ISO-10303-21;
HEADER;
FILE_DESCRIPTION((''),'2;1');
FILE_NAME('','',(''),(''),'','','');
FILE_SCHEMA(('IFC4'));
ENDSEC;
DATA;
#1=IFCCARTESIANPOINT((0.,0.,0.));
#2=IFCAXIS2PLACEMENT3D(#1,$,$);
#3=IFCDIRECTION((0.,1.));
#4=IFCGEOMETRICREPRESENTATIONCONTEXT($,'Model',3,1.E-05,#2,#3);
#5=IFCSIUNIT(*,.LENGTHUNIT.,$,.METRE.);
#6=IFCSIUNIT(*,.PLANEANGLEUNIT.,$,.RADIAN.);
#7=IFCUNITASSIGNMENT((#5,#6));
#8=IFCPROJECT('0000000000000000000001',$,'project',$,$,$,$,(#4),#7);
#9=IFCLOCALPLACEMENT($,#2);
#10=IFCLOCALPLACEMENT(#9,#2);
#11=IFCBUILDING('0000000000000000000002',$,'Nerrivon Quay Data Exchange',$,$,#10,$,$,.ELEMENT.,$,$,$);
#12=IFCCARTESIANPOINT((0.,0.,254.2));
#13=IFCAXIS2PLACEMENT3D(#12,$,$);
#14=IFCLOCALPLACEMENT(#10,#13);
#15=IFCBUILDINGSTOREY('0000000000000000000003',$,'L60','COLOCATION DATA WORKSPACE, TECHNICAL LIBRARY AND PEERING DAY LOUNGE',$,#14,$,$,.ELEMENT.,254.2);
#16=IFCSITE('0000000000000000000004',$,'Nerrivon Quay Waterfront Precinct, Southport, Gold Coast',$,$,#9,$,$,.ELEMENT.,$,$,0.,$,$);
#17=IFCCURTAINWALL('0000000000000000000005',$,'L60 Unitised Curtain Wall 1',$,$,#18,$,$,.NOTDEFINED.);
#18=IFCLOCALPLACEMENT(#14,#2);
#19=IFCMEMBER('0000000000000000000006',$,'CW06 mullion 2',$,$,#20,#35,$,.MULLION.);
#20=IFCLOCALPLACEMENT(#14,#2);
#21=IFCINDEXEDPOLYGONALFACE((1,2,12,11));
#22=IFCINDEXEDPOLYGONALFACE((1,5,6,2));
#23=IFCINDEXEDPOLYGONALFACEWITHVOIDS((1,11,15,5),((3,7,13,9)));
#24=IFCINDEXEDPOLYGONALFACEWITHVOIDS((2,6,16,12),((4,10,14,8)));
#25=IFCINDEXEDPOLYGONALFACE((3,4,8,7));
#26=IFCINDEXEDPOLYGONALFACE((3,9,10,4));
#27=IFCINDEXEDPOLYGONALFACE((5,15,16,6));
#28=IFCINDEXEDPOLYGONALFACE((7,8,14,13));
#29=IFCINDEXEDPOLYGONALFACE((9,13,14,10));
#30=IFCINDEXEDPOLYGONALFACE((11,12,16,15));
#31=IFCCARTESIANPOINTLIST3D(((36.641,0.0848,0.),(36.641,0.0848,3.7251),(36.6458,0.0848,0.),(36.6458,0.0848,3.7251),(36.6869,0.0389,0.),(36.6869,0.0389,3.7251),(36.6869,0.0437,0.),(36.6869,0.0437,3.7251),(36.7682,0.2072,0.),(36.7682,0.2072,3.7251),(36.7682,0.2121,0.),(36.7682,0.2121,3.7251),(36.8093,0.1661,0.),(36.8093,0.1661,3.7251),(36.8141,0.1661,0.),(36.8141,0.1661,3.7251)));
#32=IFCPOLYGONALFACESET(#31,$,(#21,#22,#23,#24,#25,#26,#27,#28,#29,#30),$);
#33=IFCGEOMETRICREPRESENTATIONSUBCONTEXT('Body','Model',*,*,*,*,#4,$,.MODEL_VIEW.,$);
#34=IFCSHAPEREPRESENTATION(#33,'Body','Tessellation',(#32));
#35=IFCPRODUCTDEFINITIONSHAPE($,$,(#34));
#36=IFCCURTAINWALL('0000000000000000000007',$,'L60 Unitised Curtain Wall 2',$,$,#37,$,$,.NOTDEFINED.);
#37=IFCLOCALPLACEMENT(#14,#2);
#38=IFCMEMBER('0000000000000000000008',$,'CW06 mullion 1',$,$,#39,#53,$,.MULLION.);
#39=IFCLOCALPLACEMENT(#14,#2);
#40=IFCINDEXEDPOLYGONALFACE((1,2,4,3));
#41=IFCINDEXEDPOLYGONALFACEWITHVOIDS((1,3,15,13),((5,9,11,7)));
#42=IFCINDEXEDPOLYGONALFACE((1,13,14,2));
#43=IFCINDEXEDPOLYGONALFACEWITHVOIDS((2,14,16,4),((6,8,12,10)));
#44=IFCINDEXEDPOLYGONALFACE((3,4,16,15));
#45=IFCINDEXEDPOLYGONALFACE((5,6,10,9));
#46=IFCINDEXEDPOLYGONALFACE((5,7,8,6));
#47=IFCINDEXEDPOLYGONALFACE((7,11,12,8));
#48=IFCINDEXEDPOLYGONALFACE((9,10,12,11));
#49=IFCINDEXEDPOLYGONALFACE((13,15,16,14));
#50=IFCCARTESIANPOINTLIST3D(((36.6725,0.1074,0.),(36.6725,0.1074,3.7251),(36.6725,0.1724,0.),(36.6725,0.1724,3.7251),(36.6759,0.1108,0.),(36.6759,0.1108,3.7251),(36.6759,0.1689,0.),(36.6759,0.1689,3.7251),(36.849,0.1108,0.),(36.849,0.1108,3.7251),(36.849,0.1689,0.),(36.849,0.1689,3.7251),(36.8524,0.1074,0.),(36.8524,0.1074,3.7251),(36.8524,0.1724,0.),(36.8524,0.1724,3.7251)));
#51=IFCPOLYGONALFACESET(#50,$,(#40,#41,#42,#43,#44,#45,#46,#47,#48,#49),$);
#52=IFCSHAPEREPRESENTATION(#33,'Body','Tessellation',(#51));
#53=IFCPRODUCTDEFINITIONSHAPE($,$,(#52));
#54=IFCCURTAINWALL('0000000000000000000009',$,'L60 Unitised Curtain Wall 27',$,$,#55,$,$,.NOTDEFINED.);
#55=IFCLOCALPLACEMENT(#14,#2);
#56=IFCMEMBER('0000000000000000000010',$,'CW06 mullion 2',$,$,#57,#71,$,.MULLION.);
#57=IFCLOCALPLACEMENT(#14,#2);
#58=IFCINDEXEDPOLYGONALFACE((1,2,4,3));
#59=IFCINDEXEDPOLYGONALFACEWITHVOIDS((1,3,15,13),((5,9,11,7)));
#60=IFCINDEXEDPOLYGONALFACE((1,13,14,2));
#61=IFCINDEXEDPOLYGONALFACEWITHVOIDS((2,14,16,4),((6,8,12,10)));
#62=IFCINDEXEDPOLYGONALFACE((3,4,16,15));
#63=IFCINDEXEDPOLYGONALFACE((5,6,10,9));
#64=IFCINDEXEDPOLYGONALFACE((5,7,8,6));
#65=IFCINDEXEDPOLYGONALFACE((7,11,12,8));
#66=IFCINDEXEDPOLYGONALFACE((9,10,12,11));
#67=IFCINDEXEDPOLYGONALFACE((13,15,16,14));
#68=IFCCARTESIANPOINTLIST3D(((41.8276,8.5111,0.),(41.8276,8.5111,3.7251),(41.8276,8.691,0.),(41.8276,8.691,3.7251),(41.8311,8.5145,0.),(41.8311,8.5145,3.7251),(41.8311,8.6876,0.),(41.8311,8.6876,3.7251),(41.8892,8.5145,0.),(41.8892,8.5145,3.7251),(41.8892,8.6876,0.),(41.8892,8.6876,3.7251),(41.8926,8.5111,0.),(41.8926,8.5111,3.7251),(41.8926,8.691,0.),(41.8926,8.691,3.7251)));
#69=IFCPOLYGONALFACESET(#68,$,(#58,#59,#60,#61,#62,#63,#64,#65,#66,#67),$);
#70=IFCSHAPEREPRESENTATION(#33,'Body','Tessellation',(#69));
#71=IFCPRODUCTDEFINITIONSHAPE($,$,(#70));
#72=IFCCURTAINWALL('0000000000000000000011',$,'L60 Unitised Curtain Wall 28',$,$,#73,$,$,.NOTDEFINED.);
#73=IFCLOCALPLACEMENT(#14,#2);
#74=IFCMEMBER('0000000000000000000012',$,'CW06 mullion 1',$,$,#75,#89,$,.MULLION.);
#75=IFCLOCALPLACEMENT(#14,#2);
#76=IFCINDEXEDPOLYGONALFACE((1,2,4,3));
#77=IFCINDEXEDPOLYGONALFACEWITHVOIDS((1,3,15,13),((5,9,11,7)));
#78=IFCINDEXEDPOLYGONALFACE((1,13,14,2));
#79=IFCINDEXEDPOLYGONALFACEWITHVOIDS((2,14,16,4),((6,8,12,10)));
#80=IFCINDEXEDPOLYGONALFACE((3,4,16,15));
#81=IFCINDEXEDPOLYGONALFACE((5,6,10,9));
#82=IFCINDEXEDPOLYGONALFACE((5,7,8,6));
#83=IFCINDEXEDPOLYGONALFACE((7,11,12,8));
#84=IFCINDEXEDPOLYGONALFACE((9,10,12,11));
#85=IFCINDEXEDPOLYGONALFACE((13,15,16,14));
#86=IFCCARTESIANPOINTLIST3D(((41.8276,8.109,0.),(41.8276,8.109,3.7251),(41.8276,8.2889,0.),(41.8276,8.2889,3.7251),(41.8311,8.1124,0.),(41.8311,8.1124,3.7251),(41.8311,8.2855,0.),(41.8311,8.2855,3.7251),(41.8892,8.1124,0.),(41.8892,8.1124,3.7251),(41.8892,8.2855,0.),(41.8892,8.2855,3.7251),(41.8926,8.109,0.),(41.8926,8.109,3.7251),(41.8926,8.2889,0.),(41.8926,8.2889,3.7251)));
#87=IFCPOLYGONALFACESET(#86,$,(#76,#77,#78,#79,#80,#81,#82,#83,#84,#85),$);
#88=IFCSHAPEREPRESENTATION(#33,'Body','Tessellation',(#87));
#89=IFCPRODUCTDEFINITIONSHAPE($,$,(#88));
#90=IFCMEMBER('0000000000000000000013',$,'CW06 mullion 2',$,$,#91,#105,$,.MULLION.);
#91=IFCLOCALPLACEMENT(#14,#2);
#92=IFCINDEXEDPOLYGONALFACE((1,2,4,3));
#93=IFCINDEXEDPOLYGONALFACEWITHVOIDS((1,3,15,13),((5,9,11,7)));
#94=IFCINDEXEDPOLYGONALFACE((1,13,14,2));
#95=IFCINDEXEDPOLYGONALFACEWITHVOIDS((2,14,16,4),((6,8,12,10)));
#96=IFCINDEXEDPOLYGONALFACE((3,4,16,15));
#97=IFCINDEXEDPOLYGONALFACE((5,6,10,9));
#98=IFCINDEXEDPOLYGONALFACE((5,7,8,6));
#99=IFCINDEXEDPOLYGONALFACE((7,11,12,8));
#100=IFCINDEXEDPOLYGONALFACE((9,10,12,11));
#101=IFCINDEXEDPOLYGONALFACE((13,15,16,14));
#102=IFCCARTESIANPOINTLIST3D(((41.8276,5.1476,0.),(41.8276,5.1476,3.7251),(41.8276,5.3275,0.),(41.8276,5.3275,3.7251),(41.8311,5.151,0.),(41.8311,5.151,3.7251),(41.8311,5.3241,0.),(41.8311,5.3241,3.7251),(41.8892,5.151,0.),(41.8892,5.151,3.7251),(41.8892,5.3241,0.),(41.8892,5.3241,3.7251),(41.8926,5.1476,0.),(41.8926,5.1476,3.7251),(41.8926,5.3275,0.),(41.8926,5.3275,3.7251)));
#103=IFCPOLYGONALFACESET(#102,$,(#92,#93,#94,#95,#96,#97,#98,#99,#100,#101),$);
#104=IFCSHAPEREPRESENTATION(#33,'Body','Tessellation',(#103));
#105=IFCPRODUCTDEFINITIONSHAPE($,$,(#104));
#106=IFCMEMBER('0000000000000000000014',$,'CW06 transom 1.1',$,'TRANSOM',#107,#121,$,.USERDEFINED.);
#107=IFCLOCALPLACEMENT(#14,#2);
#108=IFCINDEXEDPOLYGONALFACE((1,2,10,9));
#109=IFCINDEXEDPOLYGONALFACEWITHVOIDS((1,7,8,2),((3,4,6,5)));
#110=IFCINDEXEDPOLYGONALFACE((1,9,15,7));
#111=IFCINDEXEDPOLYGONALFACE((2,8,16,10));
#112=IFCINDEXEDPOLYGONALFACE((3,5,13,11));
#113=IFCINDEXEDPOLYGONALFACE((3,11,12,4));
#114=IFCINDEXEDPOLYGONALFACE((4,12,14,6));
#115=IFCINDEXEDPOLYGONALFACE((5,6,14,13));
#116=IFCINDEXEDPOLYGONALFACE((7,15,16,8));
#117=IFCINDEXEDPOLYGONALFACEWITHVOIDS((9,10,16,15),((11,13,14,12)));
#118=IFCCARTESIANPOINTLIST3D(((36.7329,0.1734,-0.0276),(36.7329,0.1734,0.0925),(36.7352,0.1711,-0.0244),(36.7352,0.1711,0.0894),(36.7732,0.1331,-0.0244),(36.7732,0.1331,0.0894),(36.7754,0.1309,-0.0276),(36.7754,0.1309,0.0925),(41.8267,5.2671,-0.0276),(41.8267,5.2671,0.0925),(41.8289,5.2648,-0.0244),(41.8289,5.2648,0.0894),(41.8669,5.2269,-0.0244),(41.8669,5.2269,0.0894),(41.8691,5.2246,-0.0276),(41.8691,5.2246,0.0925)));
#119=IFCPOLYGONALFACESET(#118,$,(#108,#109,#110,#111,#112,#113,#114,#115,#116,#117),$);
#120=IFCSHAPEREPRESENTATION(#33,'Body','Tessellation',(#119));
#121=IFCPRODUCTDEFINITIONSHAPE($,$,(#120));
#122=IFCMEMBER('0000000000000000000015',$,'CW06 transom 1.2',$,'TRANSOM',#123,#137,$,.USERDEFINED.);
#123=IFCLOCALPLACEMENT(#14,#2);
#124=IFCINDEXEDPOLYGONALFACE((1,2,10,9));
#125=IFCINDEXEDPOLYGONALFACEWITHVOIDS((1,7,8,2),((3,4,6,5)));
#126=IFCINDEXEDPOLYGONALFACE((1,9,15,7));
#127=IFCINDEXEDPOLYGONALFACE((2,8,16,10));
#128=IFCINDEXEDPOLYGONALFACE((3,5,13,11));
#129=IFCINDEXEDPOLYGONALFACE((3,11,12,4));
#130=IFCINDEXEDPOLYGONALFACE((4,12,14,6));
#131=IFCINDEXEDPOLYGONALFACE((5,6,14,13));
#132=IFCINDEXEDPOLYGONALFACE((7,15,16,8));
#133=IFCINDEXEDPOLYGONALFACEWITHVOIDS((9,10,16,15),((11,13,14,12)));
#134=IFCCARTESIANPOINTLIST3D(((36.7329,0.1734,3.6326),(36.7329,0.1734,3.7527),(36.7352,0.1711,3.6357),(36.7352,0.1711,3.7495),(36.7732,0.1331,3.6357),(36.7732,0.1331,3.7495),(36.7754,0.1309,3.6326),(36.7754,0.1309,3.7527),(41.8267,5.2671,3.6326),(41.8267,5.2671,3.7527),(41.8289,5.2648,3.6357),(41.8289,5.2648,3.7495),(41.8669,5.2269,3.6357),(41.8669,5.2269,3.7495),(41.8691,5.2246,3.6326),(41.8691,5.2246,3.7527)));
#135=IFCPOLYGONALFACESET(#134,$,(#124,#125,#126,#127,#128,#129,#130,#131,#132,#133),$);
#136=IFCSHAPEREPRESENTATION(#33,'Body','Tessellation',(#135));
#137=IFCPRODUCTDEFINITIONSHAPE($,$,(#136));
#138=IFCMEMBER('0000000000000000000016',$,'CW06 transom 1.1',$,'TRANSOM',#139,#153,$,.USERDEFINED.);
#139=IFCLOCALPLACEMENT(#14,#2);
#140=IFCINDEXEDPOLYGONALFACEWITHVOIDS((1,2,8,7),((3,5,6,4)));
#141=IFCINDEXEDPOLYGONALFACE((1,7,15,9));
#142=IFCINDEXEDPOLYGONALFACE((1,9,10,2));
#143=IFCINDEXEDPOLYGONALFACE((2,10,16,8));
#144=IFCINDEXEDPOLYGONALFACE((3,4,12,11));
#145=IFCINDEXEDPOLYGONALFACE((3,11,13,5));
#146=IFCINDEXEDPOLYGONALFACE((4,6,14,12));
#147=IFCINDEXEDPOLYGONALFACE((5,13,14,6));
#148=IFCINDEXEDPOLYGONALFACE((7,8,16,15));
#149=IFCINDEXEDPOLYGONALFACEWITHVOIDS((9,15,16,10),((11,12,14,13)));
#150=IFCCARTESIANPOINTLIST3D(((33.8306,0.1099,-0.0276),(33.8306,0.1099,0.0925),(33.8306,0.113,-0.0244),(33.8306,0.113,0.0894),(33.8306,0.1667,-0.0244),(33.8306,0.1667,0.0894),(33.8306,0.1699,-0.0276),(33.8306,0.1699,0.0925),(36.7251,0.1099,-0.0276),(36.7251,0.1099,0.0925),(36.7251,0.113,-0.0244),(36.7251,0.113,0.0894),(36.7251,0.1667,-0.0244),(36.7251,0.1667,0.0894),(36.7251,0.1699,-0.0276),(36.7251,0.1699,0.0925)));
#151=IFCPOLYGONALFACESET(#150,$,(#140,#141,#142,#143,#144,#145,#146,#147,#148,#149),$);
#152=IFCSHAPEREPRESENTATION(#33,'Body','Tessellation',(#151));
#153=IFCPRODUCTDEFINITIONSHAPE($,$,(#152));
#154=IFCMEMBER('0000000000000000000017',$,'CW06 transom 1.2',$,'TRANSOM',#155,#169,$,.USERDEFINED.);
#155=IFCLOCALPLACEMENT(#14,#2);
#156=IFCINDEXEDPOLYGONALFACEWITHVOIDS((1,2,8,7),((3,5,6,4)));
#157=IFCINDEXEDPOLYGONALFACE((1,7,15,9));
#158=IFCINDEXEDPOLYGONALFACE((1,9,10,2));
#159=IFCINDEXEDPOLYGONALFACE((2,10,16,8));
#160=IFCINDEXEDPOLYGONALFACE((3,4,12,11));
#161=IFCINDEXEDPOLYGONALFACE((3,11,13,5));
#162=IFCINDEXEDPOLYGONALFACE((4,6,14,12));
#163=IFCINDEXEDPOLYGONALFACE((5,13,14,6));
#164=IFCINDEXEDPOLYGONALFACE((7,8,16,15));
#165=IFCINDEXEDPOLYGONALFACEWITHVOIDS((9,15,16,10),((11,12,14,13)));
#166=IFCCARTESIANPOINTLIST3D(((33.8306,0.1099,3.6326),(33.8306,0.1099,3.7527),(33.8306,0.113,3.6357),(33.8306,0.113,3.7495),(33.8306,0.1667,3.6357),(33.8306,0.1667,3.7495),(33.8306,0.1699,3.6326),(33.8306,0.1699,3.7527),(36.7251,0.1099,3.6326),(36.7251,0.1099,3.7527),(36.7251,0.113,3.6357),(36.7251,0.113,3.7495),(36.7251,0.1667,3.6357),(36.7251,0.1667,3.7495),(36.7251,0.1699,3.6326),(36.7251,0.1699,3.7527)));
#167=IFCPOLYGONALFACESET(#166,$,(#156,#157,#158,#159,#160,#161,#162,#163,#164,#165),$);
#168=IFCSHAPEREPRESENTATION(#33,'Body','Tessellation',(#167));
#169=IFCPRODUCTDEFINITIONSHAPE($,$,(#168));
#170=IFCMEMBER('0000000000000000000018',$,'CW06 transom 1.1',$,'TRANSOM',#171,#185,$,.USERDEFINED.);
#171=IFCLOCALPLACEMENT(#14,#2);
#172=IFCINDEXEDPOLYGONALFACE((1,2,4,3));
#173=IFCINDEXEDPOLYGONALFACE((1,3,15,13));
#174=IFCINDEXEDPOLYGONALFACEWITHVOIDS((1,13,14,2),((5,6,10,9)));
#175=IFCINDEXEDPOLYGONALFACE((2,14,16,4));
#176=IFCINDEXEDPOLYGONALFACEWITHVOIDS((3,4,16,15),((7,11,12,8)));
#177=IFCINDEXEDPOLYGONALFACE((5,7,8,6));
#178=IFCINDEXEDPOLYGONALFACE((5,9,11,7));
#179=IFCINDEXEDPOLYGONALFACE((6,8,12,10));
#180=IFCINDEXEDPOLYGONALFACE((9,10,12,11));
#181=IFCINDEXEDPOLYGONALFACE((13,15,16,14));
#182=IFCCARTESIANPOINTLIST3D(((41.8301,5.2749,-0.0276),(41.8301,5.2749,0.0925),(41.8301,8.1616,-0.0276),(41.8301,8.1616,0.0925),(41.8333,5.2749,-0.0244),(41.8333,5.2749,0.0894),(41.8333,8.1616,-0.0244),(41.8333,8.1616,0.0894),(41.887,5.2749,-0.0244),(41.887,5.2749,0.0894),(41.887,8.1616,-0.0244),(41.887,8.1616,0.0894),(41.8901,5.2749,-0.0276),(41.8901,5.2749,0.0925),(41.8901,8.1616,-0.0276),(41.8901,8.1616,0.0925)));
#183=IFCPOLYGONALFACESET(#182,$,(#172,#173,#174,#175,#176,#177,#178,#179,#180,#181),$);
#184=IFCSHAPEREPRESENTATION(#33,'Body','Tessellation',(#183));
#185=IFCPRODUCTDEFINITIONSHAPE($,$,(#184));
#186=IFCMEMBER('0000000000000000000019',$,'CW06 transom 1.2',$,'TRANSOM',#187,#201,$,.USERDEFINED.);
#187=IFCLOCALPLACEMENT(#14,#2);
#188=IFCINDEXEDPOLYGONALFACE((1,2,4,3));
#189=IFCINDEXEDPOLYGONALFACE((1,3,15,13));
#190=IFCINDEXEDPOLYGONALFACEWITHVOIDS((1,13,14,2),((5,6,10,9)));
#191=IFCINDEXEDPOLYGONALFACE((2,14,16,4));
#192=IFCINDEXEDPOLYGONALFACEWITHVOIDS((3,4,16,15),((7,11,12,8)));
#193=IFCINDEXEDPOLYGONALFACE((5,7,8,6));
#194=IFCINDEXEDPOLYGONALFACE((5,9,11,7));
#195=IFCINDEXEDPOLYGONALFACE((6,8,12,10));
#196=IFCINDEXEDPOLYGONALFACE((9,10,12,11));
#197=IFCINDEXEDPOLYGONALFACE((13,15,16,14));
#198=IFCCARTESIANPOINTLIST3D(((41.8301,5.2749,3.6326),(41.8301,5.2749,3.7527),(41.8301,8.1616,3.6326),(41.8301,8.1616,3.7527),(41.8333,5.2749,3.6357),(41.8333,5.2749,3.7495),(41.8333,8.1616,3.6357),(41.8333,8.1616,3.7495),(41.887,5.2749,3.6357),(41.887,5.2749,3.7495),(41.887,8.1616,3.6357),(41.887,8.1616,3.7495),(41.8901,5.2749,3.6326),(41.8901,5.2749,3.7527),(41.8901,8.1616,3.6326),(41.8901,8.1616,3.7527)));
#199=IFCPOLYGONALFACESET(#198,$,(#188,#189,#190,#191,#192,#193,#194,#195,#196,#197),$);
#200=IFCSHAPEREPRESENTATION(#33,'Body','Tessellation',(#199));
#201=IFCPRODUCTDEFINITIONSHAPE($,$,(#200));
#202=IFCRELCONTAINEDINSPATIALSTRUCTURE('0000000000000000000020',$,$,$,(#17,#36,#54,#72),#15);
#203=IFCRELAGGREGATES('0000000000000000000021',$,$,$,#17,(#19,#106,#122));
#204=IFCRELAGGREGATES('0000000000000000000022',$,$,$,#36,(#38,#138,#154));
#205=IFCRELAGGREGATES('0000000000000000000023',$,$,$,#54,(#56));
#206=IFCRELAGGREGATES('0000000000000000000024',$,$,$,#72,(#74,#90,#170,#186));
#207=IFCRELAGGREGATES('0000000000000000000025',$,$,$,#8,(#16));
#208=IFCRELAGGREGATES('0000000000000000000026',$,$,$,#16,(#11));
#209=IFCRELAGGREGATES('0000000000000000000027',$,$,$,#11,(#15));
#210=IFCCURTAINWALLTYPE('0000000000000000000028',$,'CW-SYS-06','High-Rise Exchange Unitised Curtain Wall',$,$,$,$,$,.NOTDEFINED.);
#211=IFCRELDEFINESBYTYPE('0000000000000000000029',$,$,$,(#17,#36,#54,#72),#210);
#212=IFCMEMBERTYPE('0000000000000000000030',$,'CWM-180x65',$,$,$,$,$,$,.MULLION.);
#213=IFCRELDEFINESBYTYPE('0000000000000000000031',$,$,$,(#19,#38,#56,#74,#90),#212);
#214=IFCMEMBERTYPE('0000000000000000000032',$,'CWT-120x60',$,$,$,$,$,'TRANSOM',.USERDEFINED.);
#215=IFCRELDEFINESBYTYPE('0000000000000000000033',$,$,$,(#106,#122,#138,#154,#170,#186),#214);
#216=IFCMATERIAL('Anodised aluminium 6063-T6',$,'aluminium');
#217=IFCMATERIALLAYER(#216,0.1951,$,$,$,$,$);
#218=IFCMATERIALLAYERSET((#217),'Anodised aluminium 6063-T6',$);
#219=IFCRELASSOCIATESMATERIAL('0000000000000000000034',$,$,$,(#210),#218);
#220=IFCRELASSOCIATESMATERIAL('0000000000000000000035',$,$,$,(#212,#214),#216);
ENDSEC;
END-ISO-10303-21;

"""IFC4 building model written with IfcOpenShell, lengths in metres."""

from ifc_helpers import new_model, si_unit, direction, frame, origin, origin_2d, place, context, subcontext, project, spatial, hollow_rectangle, extrude, material, layer, layer_set, material_profile, profile_set, type_object, element, aggregate, save


model = new_model("IFC4")

# Units and contexts
model_context = context("Model", 3, precision=1e-05, world=origin(), true_north=direction((0.0, 1.0)))
body_context = subcontext(model_context, "Body", "Model", "MODEL_VIEW")
ifc_project = project(units=[si_unit("LENGTHUNIT", "METRE"), si_unit("PLANEANGLEUNIT", "RADIAN")], contexts=[model_context])

# Site, building, storey
site_placement = place(None, origin())
site = spatial("IfcSite", under=ifc_project, at=site_placement, Name="Nerrivon Quay Waterfront Precinct, Southport, Gold Coast", CompositionType="ELEMENT", RefElevation=0.0)
building_placement = place(site_placement, origin())
building = spatial("IfcBuilding", under=site, at=building_placement, Name="Nerrivon Quay Data Exchange", CompositionType="ELEMENT")
storey_placement = place(building_placement, frame((0.0, 0.0, 254.2)))
storey = spatial("IfcBuildingStorey", under=building, at=storey_placement, Name="L60", Description="COLOCATION DATA WORKSPACE, TECHNICAL LIBRARY AND PEERING DAY LOUNGE", CompositionType="ELEMENT", Elevation=254.2)

# Curtain wall, member
ifc_material_1 = material(Name="Anodised aluminium 6063-T6", Category="aluminium")
ifc_layer_1 = layer(ifc_material_1, 0.1951)
ifc_layer_set_1 = layer_set([ifc_layer_1], Name="Anodised aluminium 6063-T6")
curtain_wall_type = type_object("IfcCurtainWallType", Name="CW-SYS-06", Description="High-Rise Exchange Unitised Curtain Wall", PredefinedType="NOTDEFINED", material=ifc_layer_set_1)
curtain_wall_1_placement = place(storey_placement, origin())
curtain_wall_1 = element("IfcCurtainWall", 1, at=curtain_wall_1_placement, inside=storey, type_object=curtain_wall_type, Name="L60 Unitised Curtain Wall 1", PredefinedType="NOTDEFINED")
ifc_material_profile_1 = material_profile(ifc_material_1, hollow_rectangle(XDim=0.0649, YDim=0.1799, WallThickness=0.0034, at=origin_2d()), Name="ALU-MULL-180x65")
ifc_profile_set_1 = profile_set([ifc_material_profile_1], Name="Anodised aluminium 6063-T6")
member_type_1 = type_object("IfcMemberType", Name="CWM-180x65", PredefinedType="MULLION", material=ifc_profile_set_1)
member_1_placement = place(storey_placement, frame((36.7275, 0.1255, 0.0), z_axis=(0.0, 0.0, 1.0), x_axis=(0.707107, -0.707107, 0.0)))
member_1 = element("IfcMember", 2, at=member_1_placement, type_object=member_type_1, Name="CW06 mullion 2", PredefinedType="MULLION", context=body_context, shape_type="SweptSolid", body=[
    extrude(hollow_rectangle(XDim=0.0649, YDim=0.1799, WallThickness=0.0034, at=origin_2d()), origin(), (0.0, 0.0, 1.0), 3.7251),
])

# Curtain walls, members
curtain_wall_2_placement = place(storey_placement, origin())
curtain_wall_2 = element("IfcCurtainWall", 3, at=curtain_wall_2_placement, inside=storey, type_object=curtain_wall_type, Name="L60 Unitised Curtain Wall 2", PredefinedType="NOTDEFINED")
member_2_placement = place(storey_placement, frame((36.7625, 0.1399, 0.0), z_axis=(0.0, 0.0, 1.0), x_axis=(0.0, -1.0, 0.0)))
member_2 = element("IfcMember", 4, at=member_2_placement, type_object=member_type_1, Name="CW06 mullion 1", PredefinedType="MULLION", context=body_context, shape_type="SweptSolid", body=[
    extrude(hollow_rectangle(XDim=0.0649, YDim=0.1799, WallThickness=0.0034, at=origin_2d()), origin(), (0.0, 0.0, 1.0), 3.7251),
])
curtain_wall_3_placement = place(storey_placement, origin())
curtain_wall_3 = element("IfcCurtainWall", 5, at=curtain_wall_3_placement, inside=storey, type_object=curtain_wall_type, Name="L60 Unitised Curtain Wall 27", PredefinedType="NOTDEFINED")
member_3_placement = place(storey_placement, frame((41.8601, 8.6011, 0.0), z_axis=(0.0, 0.0, 1.0), x_axis=(1.0, 0.0, 0.0)))
member_3 = element("IfcMember", 6, at=member_3_placement, type_object=member_type_1, Name="CW06 mullion 2", PredefinedType="MULLION", context=body_context, shape_type="SweptSolid", body=[
    extrude(hollow_rectangle(XDim=0.0649, YDim=0.1799, WallThickness=0.0034, at=origin_2d()), origin(), (0.0, 0.0, 1.0), 3.7251),
])

# Curtain wall, members
curtain_wall_4_placement = place(storey_placement, origin())
curtain_wall_4 = element("IfcCurtainWall", 7, at=curtain_wall_4_placement, inside=storey, type_object=curtain_wall_type, Name="L60 Unitised Curtain Wall 28", PredefinedType="NOTDEFINED")
member_4_placement = place(storey_placement, frame((41.8601, 8.199, 0.0), z_axis=(0.0, 0.0, 1.0), x_axis=(1.0, 0.0, 0.0)))
member_4 = element("IfcMember", 8, at=member_4_placement, type_object=member_type_1, Name="CW06 mullion 1", PredefinedType="MULLION", context=body_context, shape_type="SweptSolid", body=[
    extrude(hollow_rectangle(XDim=0.0649, YDim=0.1799, WallThickness=0.0034, at=origin_2d()), origin(), (0.0, 0.0, 1.0), 3.7251),
])
member_5_placement = place(storey_placement, frame((41.8601, 5.2375, 0.0), z_axis=(0.0, 0.0, 1.0), x_axis=(1.0, 0.0, 0.0)))
member_5 = element("IfcMember", 9, at=member_5_placement, type_object=member_type_1, Name="CW06 mullion 2", PredefinedType="MULLION", context=body_context, shape_type="SweptSolid", body=[
    extrude(hollow_rectangle(XDim=0.0649, YDim=0.1799, WallThickness=0.0034, at=origin_2d()), origin(), (0.0, 0.0, 1.0), 3.7251),
])

# Members
ifc_material_profile_2 = material_profile(ifc_material_1, hollow_rectangle(XDim=0.0601, YDim=0.1201, WallThickness=0.0032, at=origin_2d()), Name="ALU-TRAN-120x60")
ifc_profile_set_2 = profile_set([ifc_material_profile_2], Name="Anodised aluminium 6063-T6")
member_type_2 = type_object("IfcMemberType", Name="CWT-120x60", ElementType="TRANSOM", PredefinedType="USERDEFINED", material=ifc_profile_set_2)
member_6_placement = place(storey_placement, frame((41.8479, 5.2458, 0.0325), z_axis=(-0.707107, -0.707107, 0.0), x_axis=(0.707107, -0.707107, 0.0)))
member_6 = element("IfcMember", 10, at=member_6_placement, type_object=member_type_2, Name="CW06 transom 1.1", ObjectType="TRANSOM", PredefinedType="USERDEFINED", context=body_context, shape_type="SweptSolid", body=[
    extrude(hollow_rectangle(XDim=0.0601, YDim=0.1201, WallThickness=0.0032, at=origin_2d()), origin(), (0.0, 0.0, 1.0), 7.2036),
])
member_7_placement = place(storey_placement, frame((41.8479, 5.2458, 3.6926), z_axis=(-0.707107, -0.707107, 0.0), x_axis=(0.707107, -0.707107, 0.0)))
member_7 = element("IfcMember", 11, at=member_7_placement, type_object=member_type_2, Name="CW06 transom 1.2", ObjectType="TRANSOM", PredefinedType="USERDEFINED", context=body_context, shape_type="SweptSolid", body=[
    extrude(hollow_rectangle(XDim=0.0601, YDim=0.1201, WallThickness=0.0032, at=origin_2d()), origin(), (0.0, 0.0, 1.0), 7.2036),
])
member_8_placement = place(storey_placement, frame((36.7251, 0.1399, 0.0325), z_axis=(-1.0, 0.0, 0.0), x_axis=(0.0, -1.0, 0.0)))
member_8 = element("IfcMember", 12, at=member_8_placement, type_object=member_type_2, Name="CW06 transom 1.1", ObjectType="TRANSOM", PredefinedType="USERDEFINED", context=body_context, shape_type="SweptSolid", body=[
    extrude(hollow_rectangle(XDim=0.0601, YDim=0.1201, WallThickness=0.0032, at=origin_2d()), origin(), (0.0, 0.0, 1.0), 2.8945),
])
member_9_placement = place(storey_placement, frame((36.7251, 0.1399, 3.6926), z_axis=(-1.0, 0.0, 0.0), x_axis=(0.0, -1.0, 0.0)))
member_9 = element("IfcMember", 13, at=member_9_placement, type_object=member_type_2, Name="CW06 transom 1.2", ObjectType="TRANSOM", PredefinedType="USERDEFINED", context=body_context, shape_type="SweptSolid", body=[
    extrude(hollow_rectangle(XDim=0.0601, YDim=0.1201, WallThickness=0.0032, at=origin_2d()), origin(), (0.0, 0.0, 1.0), 2.8945),
])
member_10_placement = place(storey_placement, frame((41.8601, 8.1616, 0.0325), z_axis=(0.0, -1.0, 0.0), x_axis=(1.0, 0.0, 0.0)))
member_10 = element("IfcMember", 14, at=member_10_placement, type_object=member_type_2, Name="CW06 transom 1.1", ObjectType="TRANSOM", PredefinedType="USERDEFINED", context=body_context, shape_type="SweptSolid", body=[
    extrude(hollow_rectangle(XDim=0.0601, YDim=0.1201, WallThickness=0.0032, at=origin_2d()), origin(), (0.0, 0.0, 1.0), 2.8867),
])
member_11_placement = place(storey_placement, frame((41.8601, 8.1616, 3.6926), z_axis=(0.0, -1.0, 0.0), x_axis=(1.0, 0.0, 0.0)))
member_11 = element("IfcMember", 15, at=member_11_placement, type_object=member_type_2, Name="CW06 transom 1.2", ObjectType="TRANSOM", PredefinedType="USERDEFINED", context=body_context, shape_type="SweptSolid", body=[
    extrude(hollow_rectangle(XDim=0.0601, YDim=0.1201, WallThickness=0.0032, at=origin_2d()), origin(), (0.0, 0.0, 1.0), 2.8867),
])

aggregate(curtain_wall_1, [member_1, member_6, member_7])
aggregate(curtain_wall_2, [member_2, member_8, member_9])
aggregate(curtain_wall_3, [member_3])
aggregate(curtain_wall_4, [member_4, member_5, member_10, member_11])

save(model, "model.ifc")
